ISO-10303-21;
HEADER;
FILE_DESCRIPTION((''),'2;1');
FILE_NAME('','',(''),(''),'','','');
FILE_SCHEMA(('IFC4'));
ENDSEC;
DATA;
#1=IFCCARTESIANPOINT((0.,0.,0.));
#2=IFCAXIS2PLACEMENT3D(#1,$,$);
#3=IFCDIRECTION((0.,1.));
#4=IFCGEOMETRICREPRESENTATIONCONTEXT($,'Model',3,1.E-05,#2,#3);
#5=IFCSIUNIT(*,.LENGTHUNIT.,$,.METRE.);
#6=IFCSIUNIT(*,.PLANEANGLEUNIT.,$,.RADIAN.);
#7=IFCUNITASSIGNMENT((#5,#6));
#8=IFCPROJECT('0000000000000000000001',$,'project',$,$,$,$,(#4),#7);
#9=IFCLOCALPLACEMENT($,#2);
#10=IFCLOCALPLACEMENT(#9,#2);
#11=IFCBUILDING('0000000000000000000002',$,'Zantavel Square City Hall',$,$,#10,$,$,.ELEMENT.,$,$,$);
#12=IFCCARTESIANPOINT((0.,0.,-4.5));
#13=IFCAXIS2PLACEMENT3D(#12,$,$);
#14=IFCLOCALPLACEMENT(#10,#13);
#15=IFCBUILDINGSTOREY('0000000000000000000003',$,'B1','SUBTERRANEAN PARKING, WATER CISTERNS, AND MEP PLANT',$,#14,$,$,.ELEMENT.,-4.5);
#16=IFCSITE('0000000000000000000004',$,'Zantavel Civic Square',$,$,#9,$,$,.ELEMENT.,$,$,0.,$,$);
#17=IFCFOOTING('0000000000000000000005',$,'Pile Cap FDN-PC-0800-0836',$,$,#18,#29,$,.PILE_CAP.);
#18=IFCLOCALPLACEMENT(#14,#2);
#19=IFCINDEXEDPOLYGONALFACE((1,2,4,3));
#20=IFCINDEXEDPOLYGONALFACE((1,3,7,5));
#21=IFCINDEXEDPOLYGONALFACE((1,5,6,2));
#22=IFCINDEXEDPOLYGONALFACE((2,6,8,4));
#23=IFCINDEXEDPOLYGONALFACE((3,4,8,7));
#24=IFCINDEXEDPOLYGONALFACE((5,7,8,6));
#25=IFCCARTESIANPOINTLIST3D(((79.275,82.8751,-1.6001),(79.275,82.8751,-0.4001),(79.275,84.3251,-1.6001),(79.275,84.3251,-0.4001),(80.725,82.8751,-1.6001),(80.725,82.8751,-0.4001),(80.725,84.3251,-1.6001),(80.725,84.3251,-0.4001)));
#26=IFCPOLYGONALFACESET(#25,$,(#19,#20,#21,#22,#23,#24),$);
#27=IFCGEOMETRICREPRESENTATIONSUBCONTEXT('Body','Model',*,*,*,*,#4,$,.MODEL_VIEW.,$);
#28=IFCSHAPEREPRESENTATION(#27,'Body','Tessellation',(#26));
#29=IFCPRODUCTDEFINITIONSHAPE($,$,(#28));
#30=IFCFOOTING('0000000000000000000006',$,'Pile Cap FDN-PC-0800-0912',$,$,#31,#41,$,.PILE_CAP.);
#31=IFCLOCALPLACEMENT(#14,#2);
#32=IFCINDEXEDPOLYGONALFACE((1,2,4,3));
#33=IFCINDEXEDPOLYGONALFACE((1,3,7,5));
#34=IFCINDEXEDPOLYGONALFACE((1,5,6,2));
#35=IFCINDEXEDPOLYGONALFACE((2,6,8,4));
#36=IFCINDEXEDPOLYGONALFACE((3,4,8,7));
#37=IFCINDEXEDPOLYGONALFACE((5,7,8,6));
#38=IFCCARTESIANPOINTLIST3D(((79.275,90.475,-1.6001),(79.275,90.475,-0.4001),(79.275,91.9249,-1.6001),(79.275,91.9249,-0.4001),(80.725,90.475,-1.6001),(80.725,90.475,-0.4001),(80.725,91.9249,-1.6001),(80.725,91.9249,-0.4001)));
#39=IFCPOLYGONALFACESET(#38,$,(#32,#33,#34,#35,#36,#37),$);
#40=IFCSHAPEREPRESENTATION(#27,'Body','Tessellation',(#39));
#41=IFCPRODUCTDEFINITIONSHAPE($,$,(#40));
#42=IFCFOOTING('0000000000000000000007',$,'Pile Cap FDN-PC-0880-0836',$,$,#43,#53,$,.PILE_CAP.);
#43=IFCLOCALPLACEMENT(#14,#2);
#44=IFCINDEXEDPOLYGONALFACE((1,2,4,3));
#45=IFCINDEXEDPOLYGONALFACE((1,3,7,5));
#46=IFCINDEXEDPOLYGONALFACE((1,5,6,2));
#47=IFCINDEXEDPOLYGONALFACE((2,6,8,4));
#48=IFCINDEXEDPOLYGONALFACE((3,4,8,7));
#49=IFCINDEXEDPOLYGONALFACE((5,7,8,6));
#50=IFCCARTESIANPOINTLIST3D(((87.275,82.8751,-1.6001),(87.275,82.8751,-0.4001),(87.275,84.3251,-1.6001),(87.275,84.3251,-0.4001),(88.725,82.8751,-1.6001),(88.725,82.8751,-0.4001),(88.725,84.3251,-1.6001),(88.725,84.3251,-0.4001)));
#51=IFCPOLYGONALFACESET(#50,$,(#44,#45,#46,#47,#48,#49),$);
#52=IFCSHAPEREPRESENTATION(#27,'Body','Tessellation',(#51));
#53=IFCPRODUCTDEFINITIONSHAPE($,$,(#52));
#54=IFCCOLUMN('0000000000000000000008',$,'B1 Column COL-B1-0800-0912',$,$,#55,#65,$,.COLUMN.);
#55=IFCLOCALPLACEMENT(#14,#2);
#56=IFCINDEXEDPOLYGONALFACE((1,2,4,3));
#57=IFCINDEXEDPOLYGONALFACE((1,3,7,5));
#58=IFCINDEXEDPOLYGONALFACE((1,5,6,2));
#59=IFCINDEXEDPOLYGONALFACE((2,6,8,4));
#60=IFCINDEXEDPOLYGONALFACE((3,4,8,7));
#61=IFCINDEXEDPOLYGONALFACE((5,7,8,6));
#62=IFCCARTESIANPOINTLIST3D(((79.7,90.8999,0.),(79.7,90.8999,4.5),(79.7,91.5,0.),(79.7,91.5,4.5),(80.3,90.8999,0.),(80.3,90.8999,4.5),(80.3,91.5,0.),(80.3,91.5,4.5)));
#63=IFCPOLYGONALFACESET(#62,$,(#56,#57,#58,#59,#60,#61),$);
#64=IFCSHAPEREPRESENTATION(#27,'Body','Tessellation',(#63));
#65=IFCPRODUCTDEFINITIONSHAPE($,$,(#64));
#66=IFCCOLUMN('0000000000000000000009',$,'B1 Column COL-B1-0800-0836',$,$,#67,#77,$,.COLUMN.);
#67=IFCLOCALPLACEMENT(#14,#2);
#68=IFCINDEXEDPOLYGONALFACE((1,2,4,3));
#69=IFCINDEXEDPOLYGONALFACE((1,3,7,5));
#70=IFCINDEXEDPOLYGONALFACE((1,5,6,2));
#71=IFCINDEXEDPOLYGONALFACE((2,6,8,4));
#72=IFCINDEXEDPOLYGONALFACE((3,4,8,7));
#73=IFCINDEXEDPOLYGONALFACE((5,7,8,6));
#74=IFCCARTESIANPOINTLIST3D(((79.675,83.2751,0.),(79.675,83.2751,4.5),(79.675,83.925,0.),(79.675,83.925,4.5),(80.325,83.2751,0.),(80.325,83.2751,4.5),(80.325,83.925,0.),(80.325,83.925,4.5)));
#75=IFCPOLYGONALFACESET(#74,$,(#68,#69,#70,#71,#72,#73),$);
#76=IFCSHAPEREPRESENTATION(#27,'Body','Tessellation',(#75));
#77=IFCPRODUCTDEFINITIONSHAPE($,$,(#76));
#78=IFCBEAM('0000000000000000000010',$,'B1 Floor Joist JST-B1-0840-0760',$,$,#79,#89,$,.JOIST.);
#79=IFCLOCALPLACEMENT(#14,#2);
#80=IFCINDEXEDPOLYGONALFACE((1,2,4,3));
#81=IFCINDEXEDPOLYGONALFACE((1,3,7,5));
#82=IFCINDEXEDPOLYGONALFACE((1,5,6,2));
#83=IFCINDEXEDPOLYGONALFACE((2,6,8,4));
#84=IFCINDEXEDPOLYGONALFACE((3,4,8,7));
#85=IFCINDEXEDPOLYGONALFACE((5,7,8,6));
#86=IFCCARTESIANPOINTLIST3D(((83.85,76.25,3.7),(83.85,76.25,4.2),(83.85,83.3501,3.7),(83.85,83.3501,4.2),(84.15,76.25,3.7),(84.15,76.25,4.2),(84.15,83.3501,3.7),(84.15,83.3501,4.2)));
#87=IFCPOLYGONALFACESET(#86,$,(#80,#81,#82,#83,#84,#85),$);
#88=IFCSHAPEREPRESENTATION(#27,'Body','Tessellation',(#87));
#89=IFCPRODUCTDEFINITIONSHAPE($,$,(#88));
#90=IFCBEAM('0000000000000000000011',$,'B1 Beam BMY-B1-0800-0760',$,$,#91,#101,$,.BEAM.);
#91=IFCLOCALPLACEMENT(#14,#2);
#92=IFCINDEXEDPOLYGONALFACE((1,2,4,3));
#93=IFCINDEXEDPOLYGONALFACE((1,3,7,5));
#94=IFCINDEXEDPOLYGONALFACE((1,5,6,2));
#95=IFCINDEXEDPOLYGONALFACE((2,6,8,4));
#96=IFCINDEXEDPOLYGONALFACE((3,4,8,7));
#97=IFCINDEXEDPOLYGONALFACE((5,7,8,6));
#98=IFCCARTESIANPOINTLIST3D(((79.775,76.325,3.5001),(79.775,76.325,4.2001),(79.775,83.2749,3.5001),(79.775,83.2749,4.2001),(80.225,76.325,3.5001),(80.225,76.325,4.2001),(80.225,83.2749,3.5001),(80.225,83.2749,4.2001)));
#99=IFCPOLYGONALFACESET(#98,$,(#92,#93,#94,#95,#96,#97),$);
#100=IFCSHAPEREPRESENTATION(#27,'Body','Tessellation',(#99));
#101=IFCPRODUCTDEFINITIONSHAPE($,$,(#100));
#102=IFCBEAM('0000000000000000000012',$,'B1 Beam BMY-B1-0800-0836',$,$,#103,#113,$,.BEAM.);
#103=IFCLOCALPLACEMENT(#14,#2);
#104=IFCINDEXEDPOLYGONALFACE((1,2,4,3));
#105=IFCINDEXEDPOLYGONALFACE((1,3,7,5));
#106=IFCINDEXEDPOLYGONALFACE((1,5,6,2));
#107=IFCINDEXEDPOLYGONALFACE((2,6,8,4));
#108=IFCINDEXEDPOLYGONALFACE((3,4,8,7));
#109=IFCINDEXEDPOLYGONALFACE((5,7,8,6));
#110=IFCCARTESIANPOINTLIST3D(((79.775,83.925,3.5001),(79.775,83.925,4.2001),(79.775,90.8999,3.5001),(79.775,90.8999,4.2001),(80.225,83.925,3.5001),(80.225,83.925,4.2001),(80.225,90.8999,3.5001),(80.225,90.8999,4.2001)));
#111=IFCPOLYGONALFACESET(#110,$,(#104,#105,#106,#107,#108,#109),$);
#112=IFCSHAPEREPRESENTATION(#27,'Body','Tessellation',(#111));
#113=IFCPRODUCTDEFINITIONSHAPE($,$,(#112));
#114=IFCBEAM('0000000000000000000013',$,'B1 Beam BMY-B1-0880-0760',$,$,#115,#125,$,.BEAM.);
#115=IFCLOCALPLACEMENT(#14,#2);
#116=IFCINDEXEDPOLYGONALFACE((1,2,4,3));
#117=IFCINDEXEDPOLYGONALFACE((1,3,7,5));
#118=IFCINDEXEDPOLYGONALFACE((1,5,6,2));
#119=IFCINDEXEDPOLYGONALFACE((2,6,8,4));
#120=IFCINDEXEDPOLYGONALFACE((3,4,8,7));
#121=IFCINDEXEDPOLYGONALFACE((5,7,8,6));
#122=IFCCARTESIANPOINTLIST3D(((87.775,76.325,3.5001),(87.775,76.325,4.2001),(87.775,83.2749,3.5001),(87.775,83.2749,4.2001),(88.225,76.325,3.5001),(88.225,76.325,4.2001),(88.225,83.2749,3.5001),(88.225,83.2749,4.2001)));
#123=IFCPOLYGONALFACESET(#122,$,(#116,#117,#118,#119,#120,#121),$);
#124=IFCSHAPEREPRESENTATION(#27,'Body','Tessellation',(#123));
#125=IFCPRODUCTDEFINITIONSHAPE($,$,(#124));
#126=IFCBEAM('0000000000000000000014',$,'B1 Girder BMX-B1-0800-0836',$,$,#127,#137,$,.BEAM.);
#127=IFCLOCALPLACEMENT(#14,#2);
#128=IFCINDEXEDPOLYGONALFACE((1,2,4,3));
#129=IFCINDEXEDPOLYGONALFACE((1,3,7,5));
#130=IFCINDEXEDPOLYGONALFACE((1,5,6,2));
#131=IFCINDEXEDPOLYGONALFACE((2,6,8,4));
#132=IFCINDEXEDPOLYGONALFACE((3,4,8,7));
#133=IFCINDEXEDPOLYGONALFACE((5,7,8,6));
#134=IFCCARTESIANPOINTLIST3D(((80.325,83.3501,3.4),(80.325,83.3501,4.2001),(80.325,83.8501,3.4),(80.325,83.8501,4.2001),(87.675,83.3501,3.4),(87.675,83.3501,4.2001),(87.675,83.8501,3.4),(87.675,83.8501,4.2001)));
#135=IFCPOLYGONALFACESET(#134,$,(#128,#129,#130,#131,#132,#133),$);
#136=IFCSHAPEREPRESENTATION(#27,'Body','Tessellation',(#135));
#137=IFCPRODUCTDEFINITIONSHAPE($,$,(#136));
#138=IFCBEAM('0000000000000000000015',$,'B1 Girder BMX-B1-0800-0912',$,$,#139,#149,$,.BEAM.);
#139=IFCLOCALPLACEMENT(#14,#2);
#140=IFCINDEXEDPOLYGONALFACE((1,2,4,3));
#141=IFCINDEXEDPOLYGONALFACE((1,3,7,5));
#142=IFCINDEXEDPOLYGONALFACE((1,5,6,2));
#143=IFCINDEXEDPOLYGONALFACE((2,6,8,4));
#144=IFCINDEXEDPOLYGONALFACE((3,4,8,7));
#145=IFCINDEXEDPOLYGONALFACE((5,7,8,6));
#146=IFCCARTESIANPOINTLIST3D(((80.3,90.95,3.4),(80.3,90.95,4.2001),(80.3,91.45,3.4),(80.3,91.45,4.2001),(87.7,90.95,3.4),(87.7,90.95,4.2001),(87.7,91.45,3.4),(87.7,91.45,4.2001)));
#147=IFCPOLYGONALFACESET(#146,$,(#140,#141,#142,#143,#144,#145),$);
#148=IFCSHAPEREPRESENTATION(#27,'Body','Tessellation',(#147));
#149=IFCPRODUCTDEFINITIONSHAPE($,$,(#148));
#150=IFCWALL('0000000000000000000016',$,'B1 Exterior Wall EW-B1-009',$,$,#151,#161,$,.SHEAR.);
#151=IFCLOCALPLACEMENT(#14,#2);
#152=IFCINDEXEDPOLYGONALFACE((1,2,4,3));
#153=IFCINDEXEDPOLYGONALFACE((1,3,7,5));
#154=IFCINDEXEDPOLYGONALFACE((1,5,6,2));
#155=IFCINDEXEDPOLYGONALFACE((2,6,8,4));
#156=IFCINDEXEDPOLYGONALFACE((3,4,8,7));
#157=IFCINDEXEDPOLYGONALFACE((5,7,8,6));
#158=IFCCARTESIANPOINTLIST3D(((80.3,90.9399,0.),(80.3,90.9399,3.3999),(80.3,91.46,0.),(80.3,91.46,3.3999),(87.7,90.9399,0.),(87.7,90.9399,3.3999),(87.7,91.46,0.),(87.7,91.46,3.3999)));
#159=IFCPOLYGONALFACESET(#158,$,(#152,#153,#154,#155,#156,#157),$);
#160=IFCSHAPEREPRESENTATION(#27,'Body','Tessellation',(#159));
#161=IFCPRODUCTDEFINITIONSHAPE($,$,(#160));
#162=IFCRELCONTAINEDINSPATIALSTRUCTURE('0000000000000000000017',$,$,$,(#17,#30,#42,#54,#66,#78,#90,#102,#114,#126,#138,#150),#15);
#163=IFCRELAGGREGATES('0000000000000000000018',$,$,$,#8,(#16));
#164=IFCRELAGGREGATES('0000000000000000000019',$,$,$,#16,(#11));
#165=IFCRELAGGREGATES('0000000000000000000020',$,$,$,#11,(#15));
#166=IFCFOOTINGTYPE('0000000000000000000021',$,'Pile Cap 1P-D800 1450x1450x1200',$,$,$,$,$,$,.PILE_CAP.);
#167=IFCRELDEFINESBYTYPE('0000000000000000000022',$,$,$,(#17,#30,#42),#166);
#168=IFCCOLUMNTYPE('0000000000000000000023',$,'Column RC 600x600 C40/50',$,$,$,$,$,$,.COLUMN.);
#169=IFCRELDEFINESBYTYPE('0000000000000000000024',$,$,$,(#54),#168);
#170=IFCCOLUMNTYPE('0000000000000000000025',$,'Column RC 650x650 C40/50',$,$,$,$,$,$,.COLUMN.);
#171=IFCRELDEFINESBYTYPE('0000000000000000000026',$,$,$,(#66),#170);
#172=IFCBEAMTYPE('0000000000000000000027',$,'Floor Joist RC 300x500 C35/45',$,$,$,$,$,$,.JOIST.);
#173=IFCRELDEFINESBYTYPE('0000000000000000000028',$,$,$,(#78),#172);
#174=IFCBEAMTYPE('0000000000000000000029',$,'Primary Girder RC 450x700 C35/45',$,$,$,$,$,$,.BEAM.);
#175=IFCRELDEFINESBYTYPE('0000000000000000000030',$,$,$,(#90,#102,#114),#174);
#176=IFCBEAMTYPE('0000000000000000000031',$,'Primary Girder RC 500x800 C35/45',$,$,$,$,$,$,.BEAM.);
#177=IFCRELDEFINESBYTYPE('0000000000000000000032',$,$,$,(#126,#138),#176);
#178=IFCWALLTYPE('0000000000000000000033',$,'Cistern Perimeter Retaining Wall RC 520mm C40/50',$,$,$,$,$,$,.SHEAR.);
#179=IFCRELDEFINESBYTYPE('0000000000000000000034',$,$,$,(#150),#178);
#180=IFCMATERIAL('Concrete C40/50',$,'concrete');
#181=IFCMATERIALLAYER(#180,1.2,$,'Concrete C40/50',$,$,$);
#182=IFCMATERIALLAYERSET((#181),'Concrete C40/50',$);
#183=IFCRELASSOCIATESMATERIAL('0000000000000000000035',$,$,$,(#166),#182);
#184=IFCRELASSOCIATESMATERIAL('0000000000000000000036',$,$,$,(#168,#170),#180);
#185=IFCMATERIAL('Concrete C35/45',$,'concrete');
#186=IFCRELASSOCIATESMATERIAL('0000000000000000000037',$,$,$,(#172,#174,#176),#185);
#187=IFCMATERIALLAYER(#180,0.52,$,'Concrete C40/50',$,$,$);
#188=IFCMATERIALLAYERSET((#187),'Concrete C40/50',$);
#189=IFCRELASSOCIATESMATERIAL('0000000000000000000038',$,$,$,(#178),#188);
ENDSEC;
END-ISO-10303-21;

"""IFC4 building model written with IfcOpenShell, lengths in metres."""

from ifc_helpers import new_model, si_unit, direction, frame, frame_2d, origin, origin_2d, place, context, subcontext, project, spatial, rectangle, extrude, material, layer, layer_set, material_profile, profile_set, type_object, element, save


model = new_model("IFC4")

# Units and contexts
model_context = context("Model", 3, precision=1e-05, world=origin(), true_north=direction((0.0, 1.0)))
body_context = subcontext(model_context, "Body", "Model", "MODEL_VIEW")
ifc_project = project(units=[si_unit("LENGTHUNIT", "METRE"), si_unit("PLANEANGLEUNIT", "RADIAN")], contexts=[model_context])

# Site, building, storey
site_placement = place(None, origin())
site = spatial("IfcSite", under=ifc_project, at=site_placement, Name="Zantavel Civic Square", CompositionType="ELEMENT", RefElevation=0.0)
building_placement = place(site_placement, origin())
building = spatial("IfcBuilding", under=site, at=building_placement, Name="Zantavel Square City Hall", CompositionType="ELEMENT")
storey_placement = place(building_placement, frame((0.0, 0.0, -4.5)))
storey = spatial("IfcBuildingStorey", under=building, at=storey_placement, Name="B1", Description="SUBTERRANEAN PARKING, WATER CISTERNS, AND MEP PLANT", CompositionType="ELEMENT", Elevation=-4.5)

# Shared definitions
ifc_material_1 = material(Name="Concrete C35/45", Category="concrete")

# Footings
ifc_material_2 = material(Name="Concrete C40/50", Category="concrete")
ifc_layer_1 = layer(ifc_material_2, 1.2, Name="Concrete C40/50")
ifc_layer_set_1 = layer_set([ifc_layer_1], Name="Concrete C40/50")
footing_type_1 = type_object("IfcFootingType", Name="Pile Cap 1P-D800 1450x1450x1200", PredefinedType="PILE_CAP", material=ifc_layer_set_1)
for number, where, z_axis, x_axis, name in (
    (1, (80.0, 83.6001, -1.6001), (0.0, 0.0, 1.0), (1.0, 0.0, 0.0), "Pile Cap FDN-PC-0800-0836"),
    (2, (80.0, 91.2, -1.6001), (0.0, 0.0, 1.0), (1.0, 0.0, 0.0), "Pile Cap FDN-PC-0800-0912"),
    (3, (88.0, 83.6001, -1.6001), (0.0, 0.0, 1.0), (1.0, 0.0, 0.0), "Pile Cap FDN-PC-0880-0836"),
):
    element("IfcFooting", number, at=place(storey_placement, frame(where, z_axis=z_axis, x_axis=x_axis)), inside=storey, type_object=footing_type_1, Name=name, PredefinedType="PILE_CAP", context=body_context, shape_type="SweptSolid", body=[
        extrude(rectangle(XDim=1.45, YDim=1.45, at=origin_2d()), origin(), (0.0, 0.0, 1.0), 1.2),
    ])

# Columns
ifc_material_profile_1 = material_profile(ifc_material_2, rectangle(XDim=0.6001, YDim=0.6001, at=origin_2d()), Name="RC 600x600")
ifc_profile_set_1 = profile_set([ifc_material_profile_1], Name="Concrete C40/50")
column_type_1 = type_object("IfcColumnType", Name="Column RC 600x600 C40/50", PredefinedType="COLUMN", material=ifc_profile_set_1)
column_1_placement = place(storey_placement, frame((80.0, 91.2, 0.0), z_axis=(0.0, 0.0, 1.0), x_axis=(1.0, 0.0, 0.0)))
element("IfcColumn", 4, at=column_1_placement, inside=storey, type_object=column_type_1, Name="B1 Column COL-B1-0800-0912", PredefinedType="COLUMN", context=body_context, shape_type="SweptSolid", body=[
    extrude(rectangle(XDim=0.6001, YDim=0.6001, at=origin_2d()), origin(), (0.0, 0.0, 1.0), 4.5),
])
ifc_material_profile_2 = material_profile(ifc_material_2, rectangle(XDim=0.6499, YDim=0.6499, at=origin_2d()), Name="RC 650x650")
ifc_profile_set_2 = profile_set([ifc_material_profile_2], Name="Concrete C40/50")
column_type_2 = type_object("IfcColumnType", Name="Column RC 650x650 C40/50", PredefinedType="COLUMN", material=ifc_profile_set_2)
column_2_placement = place(storey_placement, frame((80.0, 83.6001, 0.0), z_axis=(0.0, 0.0, 1.0), x_axis=(1.0, 0.0, 0.0)))
element("IfcColumn", 5, at=column_2_placement, inside=storey, type_object=column_type_2, Name="B1 Column COL-B1-0800-0836", PredefinedType="COLUMN", context=body_context, shape_type="SweptSolid", body=[
    extrude(rectangle(XDim=0.6499, YDim=0.6499, at=origin_2d()), origin(), (0.0, 0.0, 1.0), 4.5),
])

# Beams
ifc_material_profile_3 = material_profile(ifc_material_1, rectangle(XDim=0.3, YDim=0.5, at=origin_2d()), Name="RC 300x500")
ifc_profile_set_3 = profile_set([ifc_material_profile_3], Name="Concrete C35/45")
beam_type_1 = type_object("IfcBeamType", Name="Floor Joist RC 300x500 C35/45", PredefinedType="JOIST", material=ifc_profile_set_3)
beam_1_placement = place(storey_placement, frame((84.0, 76.25, 3.95), z_axis=(0.0, 1.0, 0.0), x_axis=(-1.0, 0.0, 0.0)))
element("IfcBeam", 6, at=beam_1_placement, inside=storey, type_object=beam_type_1, Name="B1 Floor Joist JST-B1-0840-0760", PredefinedType="JOIST", context=body_context, shape_type="SweptSolid", body=[
    extrude(rectangle(XDim=0.3, YDim=0.5, at=origin_2d()), origin(), (0.0, 0.0, 1.0), 7.1001),
])
ifc_material_profile_4 = material_profile(ifc_material_1, rectangle(XDim=0.45, YDim=0.7, at=origin_2d()), Name="RC 450x700")
ifc_profile_set_4 = profile_set([ifc_material_profile_4], Name="Concrete C35/45")
beam_type_2 = type_object("IfcBeamType", Name="Primary Girder RC 450x700 C35/45", PredefinedType="BEAM", material=ifc_profile_set_4)
beam_2_placement = place(storey_placement, frame((80.0, 76.325, 3.8501), z_axis=(0.0, 1.0, 0.0), x_axis=(-1.0, 0.0, 0.0)))
element("IfcBeam", 7, at=beam_2_placement, inside=storey, type_object=beam_type_2, Name="B1 Beam BMY-B1-0800-0760", PredefinedType="BEAM", context=body_context, shape_type="SweptSolid", body=[
    extrude(rectangle(XDim=0.45, YDim=0.7, at=origin_2d()), origin(), (0.0, 0.0, 1.0), 6.95),
])
beam_3_placement = place(storey_placement, frame((80.0, 83.925, 3.8501), z_axis=(0.0, 1.0, 0.0), x_axis=(-1.0, 0.0, 0.0)))
element("IfcBeam", 8, at=beam_3_placement, inside=storey, type_object=beam_type_2, Name="B1 Beam BMY-B1-0800-0836", PredefinedType="BEAM", context=body_context, shape_type="SweptSolid", body=[
    extrude(rectangle(XDim=0.45, YDim=0.7, at=origin_2d()), origin(), (0.0, 0.0, 1.0), 6.9749),
])
beam_4_placement = place(storey_placement, frame((88.0, 76.325, 3.8501), z_axis=(0.0, 1.0, 0.0), x_axis=(-1.0, 0.0, 0.0)))
element("IfcBeam", 9, at=beam_4_placement, inside=storey, type_object=beam_type_2, Name="B1 Beam BMY-B1-0880-0760", PredefinedType="BEAM", context=body_context, shape_type="SweptSolid", body=[
    extrude(rectangle(XDim=0.45, YDim=0.7, at=origin_2d()), origin(), (0.0, 0.0, 1.0), 6.95),
])
ifc_material_profile_5 = material_profile(ifc_material_1, rectangle(XDim=0.5, YDim=0.8, at=origin_2d()), Name="RC 500x800")
ifc_profile_set_5 = profile_set([ifc_material_profile_5], Name="Concrete C35/45")
beam_type_3 = type_object("IfcBeamType", Name="Primary Girder RC 500x800 C35/45", PredefinedType="BEAM", material=ifc_profile_set_5)
beam_5_placement = place(storey_placement, frame((80.325, 83.6001, 3.8), z_axis=(1.0, 0.0, 0.0), x_axis=(0.0, 1.0, 0.0)))
element("IfcBeam", 10, at=beam_5_placement, inside=storey, type_object=beam_type_3, Name="B1 Girder BMX-B1-0800-0836", PredefinedType="BEAM", context=body_context, shape_type="SweptSolid", body=[
    extrude(rectangle(XDim=0.5, YDim=0.8, at=origin_2d()), origin(), (0.0, 0.0, 1.0), 7.3501),
])
beam_6_placement = place(storey_placement, frame((80.3, 91.2, 3.8), z_axis=(1.0, 0.0, 0.0), x_axis=(0.0, 1.0, 0.0)))
element("IfcBeam", 11, at=beam_6_placement, inside=storey, type_object=beam_type_3, Name="B1 Girder BMX-B1-0800-0912", PredefinedType="BEAM", context=body_context, shape_type="SweptSolid", body=[
    extrude(rectangle(XDim=0.5, YDim=0.8, at=origin_2d()), origin(), (0.0, 0.0, 1.0), 7.3999),
])

# Wall
ifc_layer_2 = layer(ifc_material_2, 0.52, Name="Concrete C40/50")
ifc_layer_set_2 = layer_set([ifc_layer_2], Name="Concrete C40/50")
wall_type = type_object("IfcWallType", Name="Cistern Perimeter Retaining Wall RC 520mm C40/50", PredefinedType="SHEAR", material=ifc_layer_set_2)
wall_placement = place(storey_placement, frame((80.3, 91.2, 0.0), z_axis=(0.0, 0.0, 1.0), x_axis=(1.0, 0.0, 0.0)))
element("IfcWall", 12, at=wall_placement, inside=storey, type_object=wall_type, Name="B1 Exterior Wall EW-B1-009", PredefinedType="SHEAR", context=body_context, shape_type="SweptSolid", body=[
    extrude(rectangle(XDim=7.3999, YDim=0.52, at=frame_2d((3.7, 0.0))), origin(), (0.0, 0.0, 1.0), 3.3999),
])

save(model, "model.ifc")
